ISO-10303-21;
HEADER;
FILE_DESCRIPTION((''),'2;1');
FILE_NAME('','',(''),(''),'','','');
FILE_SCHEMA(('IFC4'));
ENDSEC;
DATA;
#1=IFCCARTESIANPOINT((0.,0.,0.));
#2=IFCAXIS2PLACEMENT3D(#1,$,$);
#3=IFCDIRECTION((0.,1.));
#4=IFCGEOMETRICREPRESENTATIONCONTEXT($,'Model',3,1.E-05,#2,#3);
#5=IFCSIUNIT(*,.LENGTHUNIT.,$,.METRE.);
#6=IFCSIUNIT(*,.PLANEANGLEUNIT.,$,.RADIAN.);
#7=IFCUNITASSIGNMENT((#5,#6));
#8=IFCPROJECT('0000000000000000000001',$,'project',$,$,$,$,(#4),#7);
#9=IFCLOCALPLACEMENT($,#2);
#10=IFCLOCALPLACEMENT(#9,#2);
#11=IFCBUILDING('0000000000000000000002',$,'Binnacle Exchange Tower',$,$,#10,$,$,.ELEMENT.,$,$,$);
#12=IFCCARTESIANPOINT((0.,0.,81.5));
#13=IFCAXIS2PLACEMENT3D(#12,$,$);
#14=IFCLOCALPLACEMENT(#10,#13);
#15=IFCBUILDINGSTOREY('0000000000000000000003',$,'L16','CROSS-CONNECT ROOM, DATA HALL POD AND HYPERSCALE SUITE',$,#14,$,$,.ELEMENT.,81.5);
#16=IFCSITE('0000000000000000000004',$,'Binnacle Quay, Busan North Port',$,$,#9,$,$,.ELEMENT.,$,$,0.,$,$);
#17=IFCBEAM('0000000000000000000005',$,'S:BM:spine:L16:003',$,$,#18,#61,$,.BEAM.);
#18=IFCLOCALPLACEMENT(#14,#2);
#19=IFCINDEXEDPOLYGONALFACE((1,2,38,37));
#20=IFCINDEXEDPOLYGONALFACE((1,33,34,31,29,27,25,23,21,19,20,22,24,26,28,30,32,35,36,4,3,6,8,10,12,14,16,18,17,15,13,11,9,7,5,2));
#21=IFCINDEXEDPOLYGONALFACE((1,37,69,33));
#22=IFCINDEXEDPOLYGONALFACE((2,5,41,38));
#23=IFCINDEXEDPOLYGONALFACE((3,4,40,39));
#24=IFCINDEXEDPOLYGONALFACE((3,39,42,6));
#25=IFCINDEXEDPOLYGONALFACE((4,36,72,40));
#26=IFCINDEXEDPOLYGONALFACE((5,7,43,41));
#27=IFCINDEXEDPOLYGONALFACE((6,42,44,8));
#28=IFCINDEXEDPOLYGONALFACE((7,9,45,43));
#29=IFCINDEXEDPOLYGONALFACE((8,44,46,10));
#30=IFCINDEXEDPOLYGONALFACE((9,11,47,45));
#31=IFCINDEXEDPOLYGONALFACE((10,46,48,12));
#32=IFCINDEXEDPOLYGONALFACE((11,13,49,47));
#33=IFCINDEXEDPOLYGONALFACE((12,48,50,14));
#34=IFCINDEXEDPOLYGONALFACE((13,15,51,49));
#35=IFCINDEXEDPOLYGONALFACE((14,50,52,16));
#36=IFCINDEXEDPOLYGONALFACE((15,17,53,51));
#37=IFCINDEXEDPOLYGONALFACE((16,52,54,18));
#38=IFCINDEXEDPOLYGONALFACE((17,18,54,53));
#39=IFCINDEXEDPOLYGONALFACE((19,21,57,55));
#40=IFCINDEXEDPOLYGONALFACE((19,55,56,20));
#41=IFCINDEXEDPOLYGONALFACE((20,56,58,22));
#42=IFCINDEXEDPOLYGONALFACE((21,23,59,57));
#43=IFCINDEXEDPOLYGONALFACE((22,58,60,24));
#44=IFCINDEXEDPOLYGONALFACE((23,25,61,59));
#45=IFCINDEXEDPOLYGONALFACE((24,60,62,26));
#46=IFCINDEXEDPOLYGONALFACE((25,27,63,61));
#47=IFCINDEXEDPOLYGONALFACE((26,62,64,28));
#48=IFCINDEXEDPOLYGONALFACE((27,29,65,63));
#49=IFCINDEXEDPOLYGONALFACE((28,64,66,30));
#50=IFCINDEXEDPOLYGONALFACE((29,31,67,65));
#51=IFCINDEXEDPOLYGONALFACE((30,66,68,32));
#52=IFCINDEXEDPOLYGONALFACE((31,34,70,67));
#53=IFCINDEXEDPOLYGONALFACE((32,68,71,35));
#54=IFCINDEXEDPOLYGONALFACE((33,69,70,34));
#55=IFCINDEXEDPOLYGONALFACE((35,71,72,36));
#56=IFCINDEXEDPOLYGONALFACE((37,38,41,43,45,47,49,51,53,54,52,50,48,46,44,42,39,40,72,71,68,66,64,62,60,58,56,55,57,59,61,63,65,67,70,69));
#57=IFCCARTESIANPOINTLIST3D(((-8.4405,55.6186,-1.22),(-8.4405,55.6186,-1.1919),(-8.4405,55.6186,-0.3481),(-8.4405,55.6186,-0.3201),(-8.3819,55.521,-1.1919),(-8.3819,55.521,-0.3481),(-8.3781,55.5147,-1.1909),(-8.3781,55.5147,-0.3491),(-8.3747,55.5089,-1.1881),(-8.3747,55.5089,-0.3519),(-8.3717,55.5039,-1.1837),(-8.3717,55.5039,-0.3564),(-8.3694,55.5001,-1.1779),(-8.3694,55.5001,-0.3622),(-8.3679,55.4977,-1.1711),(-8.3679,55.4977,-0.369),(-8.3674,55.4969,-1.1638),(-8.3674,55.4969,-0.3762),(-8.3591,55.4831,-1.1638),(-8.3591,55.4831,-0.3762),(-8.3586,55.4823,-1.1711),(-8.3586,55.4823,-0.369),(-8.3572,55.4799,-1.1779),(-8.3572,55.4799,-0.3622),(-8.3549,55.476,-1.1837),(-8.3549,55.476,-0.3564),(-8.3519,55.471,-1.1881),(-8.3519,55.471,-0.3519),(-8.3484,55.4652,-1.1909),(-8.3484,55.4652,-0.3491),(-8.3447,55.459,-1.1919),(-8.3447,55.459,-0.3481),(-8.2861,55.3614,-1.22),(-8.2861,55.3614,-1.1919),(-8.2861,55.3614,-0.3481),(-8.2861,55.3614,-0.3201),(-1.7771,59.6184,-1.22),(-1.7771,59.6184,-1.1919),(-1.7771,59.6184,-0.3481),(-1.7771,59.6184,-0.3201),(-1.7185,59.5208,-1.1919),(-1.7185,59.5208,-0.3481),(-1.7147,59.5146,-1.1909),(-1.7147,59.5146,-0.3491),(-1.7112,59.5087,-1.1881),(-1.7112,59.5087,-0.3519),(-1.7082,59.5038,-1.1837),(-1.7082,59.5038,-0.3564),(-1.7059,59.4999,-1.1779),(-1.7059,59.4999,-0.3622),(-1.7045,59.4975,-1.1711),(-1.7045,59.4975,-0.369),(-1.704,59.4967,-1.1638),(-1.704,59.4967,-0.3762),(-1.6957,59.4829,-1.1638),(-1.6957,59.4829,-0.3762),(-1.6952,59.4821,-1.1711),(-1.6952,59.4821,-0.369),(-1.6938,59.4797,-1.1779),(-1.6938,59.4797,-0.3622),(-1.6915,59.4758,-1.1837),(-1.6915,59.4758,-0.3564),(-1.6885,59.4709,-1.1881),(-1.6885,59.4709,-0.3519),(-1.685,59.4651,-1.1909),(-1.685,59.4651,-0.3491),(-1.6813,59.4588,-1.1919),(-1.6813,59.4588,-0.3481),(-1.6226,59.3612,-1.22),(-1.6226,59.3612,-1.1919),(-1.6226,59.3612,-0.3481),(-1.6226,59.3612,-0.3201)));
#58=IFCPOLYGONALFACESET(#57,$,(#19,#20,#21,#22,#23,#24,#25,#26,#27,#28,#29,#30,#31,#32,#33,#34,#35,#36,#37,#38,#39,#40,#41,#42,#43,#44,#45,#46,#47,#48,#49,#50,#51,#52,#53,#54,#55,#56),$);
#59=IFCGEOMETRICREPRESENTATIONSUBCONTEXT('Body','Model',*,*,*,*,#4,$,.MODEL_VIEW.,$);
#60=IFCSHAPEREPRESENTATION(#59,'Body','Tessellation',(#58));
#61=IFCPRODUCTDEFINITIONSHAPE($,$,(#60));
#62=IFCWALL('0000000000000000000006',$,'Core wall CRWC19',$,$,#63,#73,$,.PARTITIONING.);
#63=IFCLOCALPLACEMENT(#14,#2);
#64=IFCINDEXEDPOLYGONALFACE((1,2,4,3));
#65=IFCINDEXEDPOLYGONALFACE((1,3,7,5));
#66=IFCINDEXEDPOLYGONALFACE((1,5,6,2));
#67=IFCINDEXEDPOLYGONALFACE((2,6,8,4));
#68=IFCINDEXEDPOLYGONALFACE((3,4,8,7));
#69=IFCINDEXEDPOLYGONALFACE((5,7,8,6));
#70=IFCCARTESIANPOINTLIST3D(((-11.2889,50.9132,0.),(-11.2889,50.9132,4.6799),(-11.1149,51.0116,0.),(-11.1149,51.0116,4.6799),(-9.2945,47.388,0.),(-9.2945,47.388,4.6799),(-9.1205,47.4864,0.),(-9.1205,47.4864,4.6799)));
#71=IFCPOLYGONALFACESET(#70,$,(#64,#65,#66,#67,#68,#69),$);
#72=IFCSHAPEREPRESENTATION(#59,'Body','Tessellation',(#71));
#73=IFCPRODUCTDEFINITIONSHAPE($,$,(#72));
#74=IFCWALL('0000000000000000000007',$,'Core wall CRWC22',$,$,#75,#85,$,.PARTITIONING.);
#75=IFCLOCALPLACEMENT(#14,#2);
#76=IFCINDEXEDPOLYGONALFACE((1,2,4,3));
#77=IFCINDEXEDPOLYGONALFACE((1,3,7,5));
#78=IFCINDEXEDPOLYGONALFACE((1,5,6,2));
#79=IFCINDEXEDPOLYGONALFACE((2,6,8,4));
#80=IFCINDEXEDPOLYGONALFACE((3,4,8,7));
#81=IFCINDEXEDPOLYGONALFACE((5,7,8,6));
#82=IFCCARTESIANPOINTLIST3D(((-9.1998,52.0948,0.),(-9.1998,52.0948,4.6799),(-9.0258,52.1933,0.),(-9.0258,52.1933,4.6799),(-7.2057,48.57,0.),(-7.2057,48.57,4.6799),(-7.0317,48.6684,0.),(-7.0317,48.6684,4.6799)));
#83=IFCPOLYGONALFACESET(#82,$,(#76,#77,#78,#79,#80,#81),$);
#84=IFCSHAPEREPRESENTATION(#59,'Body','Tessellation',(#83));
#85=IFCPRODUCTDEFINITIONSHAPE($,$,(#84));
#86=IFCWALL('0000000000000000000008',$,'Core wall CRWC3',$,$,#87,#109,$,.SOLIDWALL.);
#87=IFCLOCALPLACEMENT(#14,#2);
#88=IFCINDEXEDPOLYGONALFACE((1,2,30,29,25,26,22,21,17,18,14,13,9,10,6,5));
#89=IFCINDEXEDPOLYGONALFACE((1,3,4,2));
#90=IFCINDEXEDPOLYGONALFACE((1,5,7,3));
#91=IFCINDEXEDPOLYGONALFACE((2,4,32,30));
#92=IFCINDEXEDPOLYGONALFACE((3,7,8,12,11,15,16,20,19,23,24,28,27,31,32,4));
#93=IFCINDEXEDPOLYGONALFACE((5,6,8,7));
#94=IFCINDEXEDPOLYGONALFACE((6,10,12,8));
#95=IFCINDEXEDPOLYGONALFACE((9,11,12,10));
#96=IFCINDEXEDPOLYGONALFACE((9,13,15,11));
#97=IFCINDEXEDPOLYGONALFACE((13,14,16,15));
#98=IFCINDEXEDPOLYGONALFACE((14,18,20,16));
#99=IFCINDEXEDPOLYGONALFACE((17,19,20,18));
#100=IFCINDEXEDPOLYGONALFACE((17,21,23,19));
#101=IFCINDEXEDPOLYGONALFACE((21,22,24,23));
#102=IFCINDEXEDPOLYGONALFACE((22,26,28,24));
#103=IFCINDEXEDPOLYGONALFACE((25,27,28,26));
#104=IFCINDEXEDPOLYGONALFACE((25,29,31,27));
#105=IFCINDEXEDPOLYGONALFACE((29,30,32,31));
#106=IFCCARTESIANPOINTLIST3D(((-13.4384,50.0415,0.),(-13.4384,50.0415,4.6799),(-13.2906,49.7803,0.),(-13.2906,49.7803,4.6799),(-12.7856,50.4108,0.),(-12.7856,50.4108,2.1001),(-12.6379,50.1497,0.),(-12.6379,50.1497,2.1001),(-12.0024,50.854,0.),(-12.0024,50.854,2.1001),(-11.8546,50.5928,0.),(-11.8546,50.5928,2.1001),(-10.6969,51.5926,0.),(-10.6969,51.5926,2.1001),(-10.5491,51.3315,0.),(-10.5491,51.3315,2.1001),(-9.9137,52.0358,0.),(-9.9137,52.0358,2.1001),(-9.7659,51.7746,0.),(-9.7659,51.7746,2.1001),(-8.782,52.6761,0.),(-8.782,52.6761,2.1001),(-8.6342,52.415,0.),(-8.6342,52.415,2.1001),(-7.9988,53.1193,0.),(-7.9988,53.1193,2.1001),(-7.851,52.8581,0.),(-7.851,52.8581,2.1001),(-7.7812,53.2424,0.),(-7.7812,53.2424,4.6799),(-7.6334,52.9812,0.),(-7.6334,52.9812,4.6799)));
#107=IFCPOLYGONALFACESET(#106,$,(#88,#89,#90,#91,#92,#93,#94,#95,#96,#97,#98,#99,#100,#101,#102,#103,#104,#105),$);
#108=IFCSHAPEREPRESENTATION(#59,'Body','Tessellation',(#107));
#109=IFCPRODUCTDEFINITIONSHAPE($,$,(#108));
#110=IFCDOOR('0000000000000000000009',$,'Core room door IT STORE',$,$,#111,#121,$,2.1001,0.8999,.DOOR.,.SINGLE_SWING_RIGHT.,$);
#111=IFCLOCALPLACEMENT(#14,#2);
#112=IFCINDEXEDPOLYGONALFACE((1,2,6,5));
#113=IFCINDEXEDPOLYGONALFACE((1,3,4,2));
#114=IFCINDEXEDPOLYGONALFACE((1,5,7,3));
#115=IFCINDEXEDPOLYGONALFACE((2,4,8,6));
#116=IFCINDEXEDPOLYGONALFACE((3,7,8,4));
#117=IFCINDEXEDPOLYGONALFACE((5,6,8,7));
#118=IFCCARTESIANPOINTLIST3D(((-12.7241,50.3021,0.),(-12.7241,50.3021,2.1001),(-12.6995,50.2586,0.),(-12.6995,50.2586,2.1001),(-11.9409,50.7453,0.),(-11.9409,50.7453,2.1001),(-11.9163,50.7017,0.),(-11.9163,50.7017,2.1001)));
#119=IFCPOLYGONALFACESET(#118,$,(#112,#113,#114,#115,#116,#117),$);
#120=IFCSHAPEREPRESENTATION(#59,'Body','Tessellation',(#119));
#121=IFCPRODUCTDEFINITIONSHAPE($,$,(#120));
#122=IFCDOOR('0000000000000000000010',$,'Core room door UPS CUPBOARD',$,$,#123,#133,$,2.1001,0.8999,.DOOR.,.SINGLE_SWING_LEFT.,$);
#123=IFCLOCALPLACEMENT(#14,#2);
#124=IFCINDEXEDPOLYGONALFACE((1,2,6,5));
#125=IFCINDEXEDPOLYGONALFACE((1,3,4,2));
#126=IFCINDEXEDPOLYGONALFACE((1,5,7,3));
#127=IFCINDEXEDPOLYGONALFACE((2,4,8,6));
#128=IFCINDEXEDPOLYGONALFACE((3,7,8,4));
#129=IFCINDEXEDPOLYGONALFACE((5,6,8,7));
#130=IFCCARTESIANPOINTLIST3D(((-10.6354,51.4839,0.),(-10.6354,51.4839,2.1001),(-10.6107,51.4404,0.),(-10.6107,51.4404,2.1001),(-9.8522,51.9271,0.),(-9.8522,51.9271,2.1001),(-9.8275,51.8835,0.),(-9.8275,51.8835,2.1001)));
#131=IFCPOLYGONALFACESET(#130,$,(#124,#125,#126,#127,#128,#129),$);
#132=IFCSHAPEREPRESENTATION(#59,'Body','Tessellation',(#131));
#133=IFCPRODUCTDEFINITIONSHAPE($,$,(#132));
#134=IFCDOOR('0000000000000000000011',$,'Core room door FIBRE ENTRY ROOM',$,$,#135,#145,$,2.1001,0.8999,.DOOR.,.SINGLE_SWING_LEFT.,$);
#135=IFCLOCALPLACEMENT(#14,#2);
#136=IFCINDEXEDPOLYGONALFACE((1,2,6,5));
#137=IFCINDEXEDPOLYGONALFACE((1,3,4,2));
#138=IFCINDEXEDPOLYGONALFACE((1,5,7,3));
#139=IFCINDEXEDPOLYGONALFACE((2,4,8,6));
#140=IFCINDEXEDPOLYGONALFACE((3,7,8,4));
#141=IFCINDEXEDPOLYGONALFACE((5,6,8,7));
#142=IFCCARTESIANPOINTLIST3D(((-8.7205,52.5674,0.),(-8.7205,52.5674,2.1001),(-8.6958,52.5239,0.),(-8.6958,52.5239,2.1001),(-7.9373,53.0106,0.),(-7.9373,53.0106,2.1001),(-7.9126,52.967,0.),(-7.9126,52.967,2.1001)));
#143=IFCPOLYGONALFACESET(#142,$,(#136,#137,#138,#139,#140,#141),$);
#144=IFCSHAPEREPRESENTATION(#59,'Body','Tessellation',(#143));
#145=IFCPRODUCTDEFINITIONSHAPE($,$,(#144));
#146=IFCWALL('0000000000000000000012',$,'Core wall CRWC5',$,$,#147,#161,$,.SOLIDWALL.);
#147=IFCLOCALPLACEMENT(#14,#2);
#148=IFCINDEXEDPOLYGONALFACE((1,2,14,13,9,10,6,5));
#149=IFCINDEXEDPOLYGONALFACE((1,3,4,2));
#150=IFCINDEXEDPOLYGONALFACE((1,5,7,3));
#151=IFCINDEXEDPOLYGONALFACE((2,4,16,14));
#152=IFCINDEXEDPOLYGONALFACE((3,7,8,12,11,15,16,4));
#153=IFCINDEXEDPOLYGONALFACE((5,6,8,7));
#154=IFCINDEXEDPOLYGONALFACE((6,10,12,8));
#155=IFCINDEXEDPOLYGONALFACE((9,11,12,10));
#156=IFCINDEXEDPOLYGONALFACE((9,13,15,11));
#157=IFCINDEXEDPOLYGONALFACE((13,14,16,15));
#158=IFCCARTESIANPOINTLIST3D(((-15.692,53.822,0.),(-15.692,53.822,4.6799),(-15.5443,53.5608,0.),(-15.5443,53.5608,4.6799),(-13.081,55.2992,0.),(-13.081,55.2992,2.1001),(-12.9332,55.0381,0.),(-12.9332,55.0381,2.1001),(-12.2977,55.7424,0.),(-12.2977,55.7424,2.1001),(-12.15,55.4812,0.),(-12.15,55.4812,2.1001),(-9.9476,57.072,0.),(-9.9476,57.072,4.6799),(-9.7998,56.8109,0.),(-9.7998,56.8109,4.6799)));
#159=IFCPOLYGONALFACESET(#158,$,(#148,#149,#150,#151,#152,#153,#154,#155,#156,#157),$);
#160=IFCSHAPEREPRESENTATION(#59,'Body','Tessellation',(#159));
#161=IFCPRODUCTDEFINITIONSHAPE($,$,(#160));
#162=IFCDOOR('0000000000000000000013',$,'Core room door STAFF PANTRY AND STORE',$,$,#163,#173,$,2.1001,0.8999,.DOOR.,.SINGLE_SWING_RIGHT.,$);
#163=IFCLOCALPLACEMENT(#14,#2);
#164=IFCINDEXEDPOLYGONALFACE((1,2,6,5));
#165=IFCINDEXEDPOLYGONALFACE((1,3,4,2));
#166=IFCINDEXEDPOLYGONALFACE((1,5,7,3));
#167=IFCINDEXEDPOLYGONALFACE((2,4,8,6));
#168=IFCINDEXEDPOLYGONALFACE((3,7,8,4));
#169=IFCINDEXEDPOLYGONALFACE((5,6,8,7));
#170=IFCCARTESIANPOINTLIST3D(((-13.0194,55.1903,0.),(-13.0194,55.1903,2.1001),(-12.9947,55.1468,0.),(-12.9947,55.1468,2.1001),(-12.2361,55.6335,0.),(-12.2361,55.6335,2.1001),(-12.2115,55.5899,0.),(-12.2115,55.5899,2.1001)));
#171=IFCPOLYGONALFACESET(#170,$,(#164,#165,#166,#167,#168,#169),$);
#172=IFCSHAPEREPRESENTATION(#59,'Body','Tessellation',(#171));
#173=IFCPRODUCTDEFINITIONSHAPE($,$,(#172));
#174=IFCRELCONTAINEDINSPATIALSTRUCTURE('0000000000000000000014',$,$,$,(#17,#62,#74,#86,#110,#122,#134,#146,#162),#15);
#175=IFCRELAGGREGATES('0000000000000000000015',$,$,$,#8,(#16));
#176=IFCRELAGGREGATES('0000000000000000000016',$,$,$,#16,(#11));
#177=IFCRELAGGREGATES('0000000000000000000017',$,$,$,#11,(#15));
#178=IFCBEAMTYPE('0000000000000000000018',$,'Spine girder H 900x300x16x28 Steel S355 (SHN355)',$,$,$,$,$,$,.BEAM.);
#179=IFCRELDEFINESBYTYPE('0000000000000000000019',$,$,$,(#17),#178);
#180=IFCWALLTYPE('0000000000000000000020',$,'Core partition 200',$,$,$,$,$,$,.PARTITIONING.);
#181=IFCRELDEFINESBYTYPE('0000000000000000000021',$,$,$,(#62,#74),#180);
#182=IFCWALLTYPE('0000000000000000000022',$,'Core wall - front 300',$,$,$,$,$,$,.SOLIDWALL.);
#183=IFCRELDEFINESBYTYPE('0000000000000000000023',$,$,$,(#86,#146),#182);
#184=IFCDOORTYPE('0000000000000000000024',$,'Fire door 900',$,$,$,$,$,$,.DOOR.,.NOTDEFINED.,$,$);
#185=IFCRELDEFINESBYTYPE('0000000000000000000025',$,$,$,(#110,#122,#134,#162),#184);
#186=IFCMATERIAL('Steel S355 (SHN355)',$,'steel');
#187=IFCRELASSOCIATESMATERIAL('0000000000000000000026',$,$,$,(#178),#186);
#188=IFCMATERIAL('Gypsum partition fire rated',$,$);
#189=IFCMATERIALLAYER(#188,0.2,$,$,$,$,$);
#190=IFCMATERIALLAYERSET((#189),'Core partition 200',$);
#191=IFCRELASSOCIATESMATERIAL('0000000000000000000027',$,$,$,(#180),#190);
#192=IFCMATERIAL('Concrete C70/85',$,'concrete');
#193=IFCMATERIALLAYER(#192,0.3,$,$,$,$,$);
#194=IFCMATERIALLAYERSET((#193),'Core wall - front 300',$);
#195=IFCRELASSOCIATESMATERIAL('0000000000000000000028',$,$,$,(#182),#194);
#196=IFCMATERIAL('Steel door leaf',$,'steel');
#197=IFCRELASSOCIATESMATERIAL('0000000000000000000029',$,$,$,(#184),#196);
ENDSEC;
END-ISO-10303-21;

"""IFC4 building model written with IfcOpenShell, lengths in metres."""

from ifc_helpers import new_model, si_unit, direction, frame, frame_2d, origin, origin_2d, place, context, subcontext, project, spatial, rectangle, i_section, extrude, material, layer, layer_set, material_profile, profile_set, type_object, element, fill, save


model = new_model("IFC4")

# Units and contexts
model_context = context("Model", 3, precision=1e-05, world=origin(), true_north=direction((0.0, 1.0)))
body_context = subcontext(model_context, "Body", "Model", "MODEL_VIEW")
ifc_project = project(units=[si_unit("LENGTHUNIT", "METRE"), si_unit("PLANEANGLEUNIT", "RADIAN")], contexts=[model_context])

# Site, building, storey
site_placement = place(None, origin())
site = spatial("IfcSite", under=ifc_project, at=site_placement, Name="Binnacle Quay, Busan North Port", CompositionType="ELEMENT", RefElevation=0.0)
building_placement = place(site_placement, origin())
building = spatial("IfcBuilding", under=site, at=building_placement, Name="Binnacle Exchange Tower", CompositionType="ELEMENT")
storey_placement = place(building_placement, frame((0.0, 0.0, 81.5)))
storey = spatial("IfcBuildingStorey", under=building, at=storey_placement, Name="L16", Description="CROSS-CONNECT ROOM, DATA HALL POD AND HYPERSCALE SUITE", CompositionType="ELEMENT", Elevation=81.5)

# Beam
ifc_material_1 = material(Name="Steel S355 (SHN355)", Category="steel")
ifc_material_profile = material_profile(ifc_material_1, i_section(OverallWidth=0.3, OverallDepth=0.8999, WebThickness=0.0161, FlangeThickness=0.0281, FilletRadius=0.0281, at=origin_2d()), Name="H 900x300x16x28")
ifc_profile_set = profile_set([ifc_material_profile], Name="Steel S355 (SHN355)")
beam_type = type_object("IfcBeamType", Name="Spine girder H 900x300x16x28 Steel S355 (SHN355)", PredefinedType="BEAM", material=ifc_profile_set)
beam_placement = place(storey_placement, frame((-8.3633, 55.49, -0.77), z_axis=(0.857393, 0.514662, 0.0), x_axis=(-0.514662, 0.857393, 0.0)))
element("IfcBeam", 1, at=beam_placement, inside=storey, type_object=beam_type, Name="S:BM:spine:L16:003", PredefinedType="BEAM", context=body_context, shape_type="SweptSolid", body=[
    extrude(i_section(OverallWidth=0.3, OverallDepth=0.8999, WebThickness=0.0161, FlangeThickness=0.0281, FilletRadius=0.0281, at=origin_2d()), origin(), (0.0, 0.0, 1.0), 7.7717),
])

# Walls
ifc_material_2 = material(Name="Gypsum partition fire rated")
ifc_layer_1 = layer(ifc_material_2, 0.2)
ifc_layer_set_1 = layer_set([ifc_layer_1], Name="Core partition 200")
wall_type_1 = type_object("IfcWallType", Name="Core partition 200", PredefinedType="PARTITIONING", material=ifc_layer_set_1)
wall_1_placement = place(storey_placement, frame((-11.2019, 50.9624, 0.0), z_axis=(0.0, 0.0, 1.0), x_axis=(0.492415, -0.870361, 0.0)))
element("IfcWall", 2, at=wall_1_placement, inside=storey, type_object=wall_type_1, Name="Core wall CRWC19", PredefinedType="PARTITIONING", context=body_context, shape_type="SweptSolid", body=[
    extrude(rectangle(XDim=4.0503, YDim=0.2, at=frame_2d((2.0251, 0.0))), origin(), (0.0, 0.0, 1.0), 4.6799),
])
wall_2_placement = place(storey_placement, frame((-9.1128, 52.144, 0.0), z_axis=(0.0, 0.0, 1.0), x_axis=(0.492395, -0.870372, 0.0)))
element("IfcWall", 3, at=wall_2_placement, inside=storey, type_object=wall_type_1, Name="Core wall CRWC22", PredefinedType="PARTITIONING", context=body_context, shape_type="SweptSolid", body=[
    extrude(rectangle(XDim=4.0498, YDim=0.2, at=frame_2d((2.0249, 0.0))), origin(), (0.0, 0.0, 1.0), 4.6799),
])

# Wall, openings, doors
ifc_material_3 = material(Name="Concrete C70/85", Category="concrete")
ifc_layer_2 = layer(ifc_material_3, 0.3)
ifc_layer_set_2 = layer_set([ifc_layer_2], Name="Core wall - front 300")
wall_type_2 = type_object("IfcWallType", Name="Core wall - front 300", PredefinedType="SOLIDWALL", material=ifc_layer_set_2)
wall_3_placement = place(storey_placement, frame((-13.3645, 49.9109, 0.0), z_axis=(0.0, 0.0, 1.0), x_axis=(0.870341, 0.49245, 0.0)))
wall_3 = element("IfcWall", 4, at=wall_3_placement, inside=storey, type_object=wall_type_2, Name="Core wall CRWC3", PredefinedType="SOLIDWALL", context=body_context, shape_type="SweptSolid", body=[
    extrude(rectangle(XDim=6.5, YDim=0.3, at=frame_2d((3.25, 0.0))), origin(), (0.0, 0.0, 1.0), 4.6799),
])
opening_1_placement = place(wall_3_placement, frame((0.75, 0.0, 0.0)))
opening_1 = element("IfcOpeningElement", 5, at=opening_1_placement, cuts=wall_3, PredefinedType="OPENING", context=body_context, shape_type="SweptSolid", body=[
    extrude(rectangle(XDim=0.8999, YDim=2.1001, at=frame_2d((0.45, 1.05))), frame((0.0, 0.1599, 0.0), z_axis=(0.0, -1.0, 0.0), x_axis=(1.0, 0.0, 0.0)), (0.0, 0.0, 1.0), 0.3201),
])
opening_2_placement = place(wall_3_placement, frame((3.1499, 0.0, 0.0)))
opening_2 = element("IfcOpeningElement", 6, at=opening_2_placement, cuts=wall_3, PredefinedType="OPENING", context=body_context, shape_type="SweptSolid", body=[
    extrude(rectangle(XDim=0.8999, YDim=2.1001, at=frame_2d((0.45, 1.05))), frame((0.0, 0.1599, 0.0), z_axis=(0.0, -1.0, 0.0), x_axis=(1.0, 0.0, 0.0)), (0.0, 0.0, 1.0), 0.3201),
])
opening_3_placement = place(wall_3_placement, frame((5.3501, 0.0, 0.0)))
opening_3 = element("IfcOpeningElement", 7, at=opening_3_placement, cuts=wall_3, PredefinedType="OPENING", context=body_context, shape_type="SweptSolid", body=[
    extrude(rectangle(XDim=0.8999, YDim=2.1001, at=frame_2d((0.45, 1.05))), frame((0.0, 0.1599, 0.0), z_axis=(0.0, -1.0, 0.0), x_axis=(1.0, 0.0, 0.0)), (0.0, 0.0, 1.0), 0.3201),
])
ifc_material_4 = material(Name="Steel door leaf", Category="steel")
door_type = type_object("IfcDoorType", Name="Fire door 900", OperationType="NOTDEFINED", PredefinedType="DOOR", material=ifc_material_4)
door_1_placement = place(opening_1_placement, frame((0.8999, 0.0, 0.0), z_axis=(0.0, 0.0, 1.0), x_axis=(-1.0, 0.0, 0.0)))
door_1 = element("IfcDoor", 8, at=door_1_placement, inside=storey, type_object=door_type, Name="Core room door IT STORE", OperationType="SINGLE_SWING_RIGHT", OverallHeight=2.1001, OverallWidth=0.8999, PredefinedType="DOOR", context=body_context, shape_type="SweptSolid", body=[
    extrude(rectangle(XDim=0.8999, YDim=2.1001, at=frame_2d((0.45, 1.05))), frame((0.0, 0.0249, 0.0), z_axis=(0.0, -1.0, 0.0), x_axis=(1.0, 0.0, 0.0)), (0.0, 0.0, 1.0), 0.05),
])
fill(opening_1, door_1)
door_2_placement = place(opening_2_placement, frame((0.8999, 0.0, 0.0), z_axis=(0.0, 0.0, 1.0), x_axis=(-1.0, 0.0, 0.0)))
door_2 = element("IfcDoor", 9, at=door_2_placement, inside=storey, type_object=door_type, Name="Core room door UPS CUPBOARD", OperationType="SINGLE_SWING_LEFT", OverallHeight=2.1001, OverallWidth=0.8999, PredefinedType="DOOR", context=body_context, shape_type="SweptSolid", body=[
    extrude(rectangle(XDim=0.8999, YDim=2.1001, at=frame_2d((0.45, 1.05))), frame((0.0, 0.0249, 0.0), z_axis=(0.0, -1.0, 0.0), x_axis=(1.0, 0.0, 0.0)), (0.0, 0.0, 1.0), 0.05),
])
fill(opening_2, door_2)
door_3_placement = place(opening_3_placement, frame((0.8999, 0.0, 0.0), z_axis=(0.0, 0.0, 1.0), x_axis=(-1.0, 0.0, 0.0)))
door_3 = element("IfcDoor", 10, at=door_3_placement, inside=storey, type_object=door_type, Name="Core room door FIBRE ENTRY ROOM", OperationType="SINGLE_SWING_LEFT", OverallHeight=2.1001, OverallWidth=0.8999, PredefinedType="DOOR", context=body_context, shape_type="SweptSolid", body=[
    extrude(rectangle(XDim=0.8999, YDim=2.1001, at=frame_2d((0.45, 1.05))), frame((0.0, 0.0249, 0.0), z_axis=(0.0, -1.0, 0.0), x_axis=(1.0, 0.0, 0.0)), (0.0, 0.0, 1.0), 0.05),
])
fill(opening_3, door_3)

# Wall, opening, door
wall_4_placement = place(storey_placement, frame((-15.6182, 53.6914, 0.0), z_axis=(0.0, 0.0, 1.0), x_axis=(0.870357, 0.492422, 0.0)))
wall_4 = element("IfcWall", 11, at=wall_4_placement, inside=storey, type_object=wall_type_2, Name="Core wall CRWC5", PredefinedType="SOLIDWALL", context=body_context, shape_type="SweptSolid", body=[
    extrude(rectangle(XDim=6.6001, YDim=0.3, at=frame_2d((3.3, 0.0))), origin(), (0.0, 0.0, 1.0), 4.6799),
])
opening_4_placement = place(wall_4_placement, frame((3.0, 0.0, 0.0)))
opening_4 = element("IfcOpeningElement", 12, at=opening_4_placement, cuts=wall_4, PredefinedType="OPENING", context=body_context, shape_type="SweptSolid", body=[
    extrude(rectangle(XDim=0.8999, YDim=2.1001, at=frame_2d((0.45, 1.05))), frame((0.0, 0.1599, 0.0), z_axis=(0.0, -1.0, 0.0), x_axis=(1.0, 0.0, 0.0)), (0.0, 0.0, 1.0), 0.3201),
])
door_4_placement = place(opening_4_placement, origin())
door_4 = element("IfcDoor", 13, at=door_4_placement, inside=storey, type_object=door_type, Name="Core room door STAFF PANTRY AND STORE", OperationType="SINGLE_SWING_RIGHT", OverallHeight=2.1001, OverallWidth=0.8999, PredefinedType="DOOR", context=body_context, shape_type="SweptSolid", body=[
    extrude(rectangle(XDim=0.8999, YDim=2.1001, at=frame_2d((0.45, 1.05))), frame((0.0, 0.0249, 0.0), z_axis=(0.0, -1.0, 0.0), x_axis=(1.0, 0.0, 0.0)), (0.0, 0.0, 1.0), 0.05),
])
fill(opening_4, door_4)

save(model, "model.ifc")
